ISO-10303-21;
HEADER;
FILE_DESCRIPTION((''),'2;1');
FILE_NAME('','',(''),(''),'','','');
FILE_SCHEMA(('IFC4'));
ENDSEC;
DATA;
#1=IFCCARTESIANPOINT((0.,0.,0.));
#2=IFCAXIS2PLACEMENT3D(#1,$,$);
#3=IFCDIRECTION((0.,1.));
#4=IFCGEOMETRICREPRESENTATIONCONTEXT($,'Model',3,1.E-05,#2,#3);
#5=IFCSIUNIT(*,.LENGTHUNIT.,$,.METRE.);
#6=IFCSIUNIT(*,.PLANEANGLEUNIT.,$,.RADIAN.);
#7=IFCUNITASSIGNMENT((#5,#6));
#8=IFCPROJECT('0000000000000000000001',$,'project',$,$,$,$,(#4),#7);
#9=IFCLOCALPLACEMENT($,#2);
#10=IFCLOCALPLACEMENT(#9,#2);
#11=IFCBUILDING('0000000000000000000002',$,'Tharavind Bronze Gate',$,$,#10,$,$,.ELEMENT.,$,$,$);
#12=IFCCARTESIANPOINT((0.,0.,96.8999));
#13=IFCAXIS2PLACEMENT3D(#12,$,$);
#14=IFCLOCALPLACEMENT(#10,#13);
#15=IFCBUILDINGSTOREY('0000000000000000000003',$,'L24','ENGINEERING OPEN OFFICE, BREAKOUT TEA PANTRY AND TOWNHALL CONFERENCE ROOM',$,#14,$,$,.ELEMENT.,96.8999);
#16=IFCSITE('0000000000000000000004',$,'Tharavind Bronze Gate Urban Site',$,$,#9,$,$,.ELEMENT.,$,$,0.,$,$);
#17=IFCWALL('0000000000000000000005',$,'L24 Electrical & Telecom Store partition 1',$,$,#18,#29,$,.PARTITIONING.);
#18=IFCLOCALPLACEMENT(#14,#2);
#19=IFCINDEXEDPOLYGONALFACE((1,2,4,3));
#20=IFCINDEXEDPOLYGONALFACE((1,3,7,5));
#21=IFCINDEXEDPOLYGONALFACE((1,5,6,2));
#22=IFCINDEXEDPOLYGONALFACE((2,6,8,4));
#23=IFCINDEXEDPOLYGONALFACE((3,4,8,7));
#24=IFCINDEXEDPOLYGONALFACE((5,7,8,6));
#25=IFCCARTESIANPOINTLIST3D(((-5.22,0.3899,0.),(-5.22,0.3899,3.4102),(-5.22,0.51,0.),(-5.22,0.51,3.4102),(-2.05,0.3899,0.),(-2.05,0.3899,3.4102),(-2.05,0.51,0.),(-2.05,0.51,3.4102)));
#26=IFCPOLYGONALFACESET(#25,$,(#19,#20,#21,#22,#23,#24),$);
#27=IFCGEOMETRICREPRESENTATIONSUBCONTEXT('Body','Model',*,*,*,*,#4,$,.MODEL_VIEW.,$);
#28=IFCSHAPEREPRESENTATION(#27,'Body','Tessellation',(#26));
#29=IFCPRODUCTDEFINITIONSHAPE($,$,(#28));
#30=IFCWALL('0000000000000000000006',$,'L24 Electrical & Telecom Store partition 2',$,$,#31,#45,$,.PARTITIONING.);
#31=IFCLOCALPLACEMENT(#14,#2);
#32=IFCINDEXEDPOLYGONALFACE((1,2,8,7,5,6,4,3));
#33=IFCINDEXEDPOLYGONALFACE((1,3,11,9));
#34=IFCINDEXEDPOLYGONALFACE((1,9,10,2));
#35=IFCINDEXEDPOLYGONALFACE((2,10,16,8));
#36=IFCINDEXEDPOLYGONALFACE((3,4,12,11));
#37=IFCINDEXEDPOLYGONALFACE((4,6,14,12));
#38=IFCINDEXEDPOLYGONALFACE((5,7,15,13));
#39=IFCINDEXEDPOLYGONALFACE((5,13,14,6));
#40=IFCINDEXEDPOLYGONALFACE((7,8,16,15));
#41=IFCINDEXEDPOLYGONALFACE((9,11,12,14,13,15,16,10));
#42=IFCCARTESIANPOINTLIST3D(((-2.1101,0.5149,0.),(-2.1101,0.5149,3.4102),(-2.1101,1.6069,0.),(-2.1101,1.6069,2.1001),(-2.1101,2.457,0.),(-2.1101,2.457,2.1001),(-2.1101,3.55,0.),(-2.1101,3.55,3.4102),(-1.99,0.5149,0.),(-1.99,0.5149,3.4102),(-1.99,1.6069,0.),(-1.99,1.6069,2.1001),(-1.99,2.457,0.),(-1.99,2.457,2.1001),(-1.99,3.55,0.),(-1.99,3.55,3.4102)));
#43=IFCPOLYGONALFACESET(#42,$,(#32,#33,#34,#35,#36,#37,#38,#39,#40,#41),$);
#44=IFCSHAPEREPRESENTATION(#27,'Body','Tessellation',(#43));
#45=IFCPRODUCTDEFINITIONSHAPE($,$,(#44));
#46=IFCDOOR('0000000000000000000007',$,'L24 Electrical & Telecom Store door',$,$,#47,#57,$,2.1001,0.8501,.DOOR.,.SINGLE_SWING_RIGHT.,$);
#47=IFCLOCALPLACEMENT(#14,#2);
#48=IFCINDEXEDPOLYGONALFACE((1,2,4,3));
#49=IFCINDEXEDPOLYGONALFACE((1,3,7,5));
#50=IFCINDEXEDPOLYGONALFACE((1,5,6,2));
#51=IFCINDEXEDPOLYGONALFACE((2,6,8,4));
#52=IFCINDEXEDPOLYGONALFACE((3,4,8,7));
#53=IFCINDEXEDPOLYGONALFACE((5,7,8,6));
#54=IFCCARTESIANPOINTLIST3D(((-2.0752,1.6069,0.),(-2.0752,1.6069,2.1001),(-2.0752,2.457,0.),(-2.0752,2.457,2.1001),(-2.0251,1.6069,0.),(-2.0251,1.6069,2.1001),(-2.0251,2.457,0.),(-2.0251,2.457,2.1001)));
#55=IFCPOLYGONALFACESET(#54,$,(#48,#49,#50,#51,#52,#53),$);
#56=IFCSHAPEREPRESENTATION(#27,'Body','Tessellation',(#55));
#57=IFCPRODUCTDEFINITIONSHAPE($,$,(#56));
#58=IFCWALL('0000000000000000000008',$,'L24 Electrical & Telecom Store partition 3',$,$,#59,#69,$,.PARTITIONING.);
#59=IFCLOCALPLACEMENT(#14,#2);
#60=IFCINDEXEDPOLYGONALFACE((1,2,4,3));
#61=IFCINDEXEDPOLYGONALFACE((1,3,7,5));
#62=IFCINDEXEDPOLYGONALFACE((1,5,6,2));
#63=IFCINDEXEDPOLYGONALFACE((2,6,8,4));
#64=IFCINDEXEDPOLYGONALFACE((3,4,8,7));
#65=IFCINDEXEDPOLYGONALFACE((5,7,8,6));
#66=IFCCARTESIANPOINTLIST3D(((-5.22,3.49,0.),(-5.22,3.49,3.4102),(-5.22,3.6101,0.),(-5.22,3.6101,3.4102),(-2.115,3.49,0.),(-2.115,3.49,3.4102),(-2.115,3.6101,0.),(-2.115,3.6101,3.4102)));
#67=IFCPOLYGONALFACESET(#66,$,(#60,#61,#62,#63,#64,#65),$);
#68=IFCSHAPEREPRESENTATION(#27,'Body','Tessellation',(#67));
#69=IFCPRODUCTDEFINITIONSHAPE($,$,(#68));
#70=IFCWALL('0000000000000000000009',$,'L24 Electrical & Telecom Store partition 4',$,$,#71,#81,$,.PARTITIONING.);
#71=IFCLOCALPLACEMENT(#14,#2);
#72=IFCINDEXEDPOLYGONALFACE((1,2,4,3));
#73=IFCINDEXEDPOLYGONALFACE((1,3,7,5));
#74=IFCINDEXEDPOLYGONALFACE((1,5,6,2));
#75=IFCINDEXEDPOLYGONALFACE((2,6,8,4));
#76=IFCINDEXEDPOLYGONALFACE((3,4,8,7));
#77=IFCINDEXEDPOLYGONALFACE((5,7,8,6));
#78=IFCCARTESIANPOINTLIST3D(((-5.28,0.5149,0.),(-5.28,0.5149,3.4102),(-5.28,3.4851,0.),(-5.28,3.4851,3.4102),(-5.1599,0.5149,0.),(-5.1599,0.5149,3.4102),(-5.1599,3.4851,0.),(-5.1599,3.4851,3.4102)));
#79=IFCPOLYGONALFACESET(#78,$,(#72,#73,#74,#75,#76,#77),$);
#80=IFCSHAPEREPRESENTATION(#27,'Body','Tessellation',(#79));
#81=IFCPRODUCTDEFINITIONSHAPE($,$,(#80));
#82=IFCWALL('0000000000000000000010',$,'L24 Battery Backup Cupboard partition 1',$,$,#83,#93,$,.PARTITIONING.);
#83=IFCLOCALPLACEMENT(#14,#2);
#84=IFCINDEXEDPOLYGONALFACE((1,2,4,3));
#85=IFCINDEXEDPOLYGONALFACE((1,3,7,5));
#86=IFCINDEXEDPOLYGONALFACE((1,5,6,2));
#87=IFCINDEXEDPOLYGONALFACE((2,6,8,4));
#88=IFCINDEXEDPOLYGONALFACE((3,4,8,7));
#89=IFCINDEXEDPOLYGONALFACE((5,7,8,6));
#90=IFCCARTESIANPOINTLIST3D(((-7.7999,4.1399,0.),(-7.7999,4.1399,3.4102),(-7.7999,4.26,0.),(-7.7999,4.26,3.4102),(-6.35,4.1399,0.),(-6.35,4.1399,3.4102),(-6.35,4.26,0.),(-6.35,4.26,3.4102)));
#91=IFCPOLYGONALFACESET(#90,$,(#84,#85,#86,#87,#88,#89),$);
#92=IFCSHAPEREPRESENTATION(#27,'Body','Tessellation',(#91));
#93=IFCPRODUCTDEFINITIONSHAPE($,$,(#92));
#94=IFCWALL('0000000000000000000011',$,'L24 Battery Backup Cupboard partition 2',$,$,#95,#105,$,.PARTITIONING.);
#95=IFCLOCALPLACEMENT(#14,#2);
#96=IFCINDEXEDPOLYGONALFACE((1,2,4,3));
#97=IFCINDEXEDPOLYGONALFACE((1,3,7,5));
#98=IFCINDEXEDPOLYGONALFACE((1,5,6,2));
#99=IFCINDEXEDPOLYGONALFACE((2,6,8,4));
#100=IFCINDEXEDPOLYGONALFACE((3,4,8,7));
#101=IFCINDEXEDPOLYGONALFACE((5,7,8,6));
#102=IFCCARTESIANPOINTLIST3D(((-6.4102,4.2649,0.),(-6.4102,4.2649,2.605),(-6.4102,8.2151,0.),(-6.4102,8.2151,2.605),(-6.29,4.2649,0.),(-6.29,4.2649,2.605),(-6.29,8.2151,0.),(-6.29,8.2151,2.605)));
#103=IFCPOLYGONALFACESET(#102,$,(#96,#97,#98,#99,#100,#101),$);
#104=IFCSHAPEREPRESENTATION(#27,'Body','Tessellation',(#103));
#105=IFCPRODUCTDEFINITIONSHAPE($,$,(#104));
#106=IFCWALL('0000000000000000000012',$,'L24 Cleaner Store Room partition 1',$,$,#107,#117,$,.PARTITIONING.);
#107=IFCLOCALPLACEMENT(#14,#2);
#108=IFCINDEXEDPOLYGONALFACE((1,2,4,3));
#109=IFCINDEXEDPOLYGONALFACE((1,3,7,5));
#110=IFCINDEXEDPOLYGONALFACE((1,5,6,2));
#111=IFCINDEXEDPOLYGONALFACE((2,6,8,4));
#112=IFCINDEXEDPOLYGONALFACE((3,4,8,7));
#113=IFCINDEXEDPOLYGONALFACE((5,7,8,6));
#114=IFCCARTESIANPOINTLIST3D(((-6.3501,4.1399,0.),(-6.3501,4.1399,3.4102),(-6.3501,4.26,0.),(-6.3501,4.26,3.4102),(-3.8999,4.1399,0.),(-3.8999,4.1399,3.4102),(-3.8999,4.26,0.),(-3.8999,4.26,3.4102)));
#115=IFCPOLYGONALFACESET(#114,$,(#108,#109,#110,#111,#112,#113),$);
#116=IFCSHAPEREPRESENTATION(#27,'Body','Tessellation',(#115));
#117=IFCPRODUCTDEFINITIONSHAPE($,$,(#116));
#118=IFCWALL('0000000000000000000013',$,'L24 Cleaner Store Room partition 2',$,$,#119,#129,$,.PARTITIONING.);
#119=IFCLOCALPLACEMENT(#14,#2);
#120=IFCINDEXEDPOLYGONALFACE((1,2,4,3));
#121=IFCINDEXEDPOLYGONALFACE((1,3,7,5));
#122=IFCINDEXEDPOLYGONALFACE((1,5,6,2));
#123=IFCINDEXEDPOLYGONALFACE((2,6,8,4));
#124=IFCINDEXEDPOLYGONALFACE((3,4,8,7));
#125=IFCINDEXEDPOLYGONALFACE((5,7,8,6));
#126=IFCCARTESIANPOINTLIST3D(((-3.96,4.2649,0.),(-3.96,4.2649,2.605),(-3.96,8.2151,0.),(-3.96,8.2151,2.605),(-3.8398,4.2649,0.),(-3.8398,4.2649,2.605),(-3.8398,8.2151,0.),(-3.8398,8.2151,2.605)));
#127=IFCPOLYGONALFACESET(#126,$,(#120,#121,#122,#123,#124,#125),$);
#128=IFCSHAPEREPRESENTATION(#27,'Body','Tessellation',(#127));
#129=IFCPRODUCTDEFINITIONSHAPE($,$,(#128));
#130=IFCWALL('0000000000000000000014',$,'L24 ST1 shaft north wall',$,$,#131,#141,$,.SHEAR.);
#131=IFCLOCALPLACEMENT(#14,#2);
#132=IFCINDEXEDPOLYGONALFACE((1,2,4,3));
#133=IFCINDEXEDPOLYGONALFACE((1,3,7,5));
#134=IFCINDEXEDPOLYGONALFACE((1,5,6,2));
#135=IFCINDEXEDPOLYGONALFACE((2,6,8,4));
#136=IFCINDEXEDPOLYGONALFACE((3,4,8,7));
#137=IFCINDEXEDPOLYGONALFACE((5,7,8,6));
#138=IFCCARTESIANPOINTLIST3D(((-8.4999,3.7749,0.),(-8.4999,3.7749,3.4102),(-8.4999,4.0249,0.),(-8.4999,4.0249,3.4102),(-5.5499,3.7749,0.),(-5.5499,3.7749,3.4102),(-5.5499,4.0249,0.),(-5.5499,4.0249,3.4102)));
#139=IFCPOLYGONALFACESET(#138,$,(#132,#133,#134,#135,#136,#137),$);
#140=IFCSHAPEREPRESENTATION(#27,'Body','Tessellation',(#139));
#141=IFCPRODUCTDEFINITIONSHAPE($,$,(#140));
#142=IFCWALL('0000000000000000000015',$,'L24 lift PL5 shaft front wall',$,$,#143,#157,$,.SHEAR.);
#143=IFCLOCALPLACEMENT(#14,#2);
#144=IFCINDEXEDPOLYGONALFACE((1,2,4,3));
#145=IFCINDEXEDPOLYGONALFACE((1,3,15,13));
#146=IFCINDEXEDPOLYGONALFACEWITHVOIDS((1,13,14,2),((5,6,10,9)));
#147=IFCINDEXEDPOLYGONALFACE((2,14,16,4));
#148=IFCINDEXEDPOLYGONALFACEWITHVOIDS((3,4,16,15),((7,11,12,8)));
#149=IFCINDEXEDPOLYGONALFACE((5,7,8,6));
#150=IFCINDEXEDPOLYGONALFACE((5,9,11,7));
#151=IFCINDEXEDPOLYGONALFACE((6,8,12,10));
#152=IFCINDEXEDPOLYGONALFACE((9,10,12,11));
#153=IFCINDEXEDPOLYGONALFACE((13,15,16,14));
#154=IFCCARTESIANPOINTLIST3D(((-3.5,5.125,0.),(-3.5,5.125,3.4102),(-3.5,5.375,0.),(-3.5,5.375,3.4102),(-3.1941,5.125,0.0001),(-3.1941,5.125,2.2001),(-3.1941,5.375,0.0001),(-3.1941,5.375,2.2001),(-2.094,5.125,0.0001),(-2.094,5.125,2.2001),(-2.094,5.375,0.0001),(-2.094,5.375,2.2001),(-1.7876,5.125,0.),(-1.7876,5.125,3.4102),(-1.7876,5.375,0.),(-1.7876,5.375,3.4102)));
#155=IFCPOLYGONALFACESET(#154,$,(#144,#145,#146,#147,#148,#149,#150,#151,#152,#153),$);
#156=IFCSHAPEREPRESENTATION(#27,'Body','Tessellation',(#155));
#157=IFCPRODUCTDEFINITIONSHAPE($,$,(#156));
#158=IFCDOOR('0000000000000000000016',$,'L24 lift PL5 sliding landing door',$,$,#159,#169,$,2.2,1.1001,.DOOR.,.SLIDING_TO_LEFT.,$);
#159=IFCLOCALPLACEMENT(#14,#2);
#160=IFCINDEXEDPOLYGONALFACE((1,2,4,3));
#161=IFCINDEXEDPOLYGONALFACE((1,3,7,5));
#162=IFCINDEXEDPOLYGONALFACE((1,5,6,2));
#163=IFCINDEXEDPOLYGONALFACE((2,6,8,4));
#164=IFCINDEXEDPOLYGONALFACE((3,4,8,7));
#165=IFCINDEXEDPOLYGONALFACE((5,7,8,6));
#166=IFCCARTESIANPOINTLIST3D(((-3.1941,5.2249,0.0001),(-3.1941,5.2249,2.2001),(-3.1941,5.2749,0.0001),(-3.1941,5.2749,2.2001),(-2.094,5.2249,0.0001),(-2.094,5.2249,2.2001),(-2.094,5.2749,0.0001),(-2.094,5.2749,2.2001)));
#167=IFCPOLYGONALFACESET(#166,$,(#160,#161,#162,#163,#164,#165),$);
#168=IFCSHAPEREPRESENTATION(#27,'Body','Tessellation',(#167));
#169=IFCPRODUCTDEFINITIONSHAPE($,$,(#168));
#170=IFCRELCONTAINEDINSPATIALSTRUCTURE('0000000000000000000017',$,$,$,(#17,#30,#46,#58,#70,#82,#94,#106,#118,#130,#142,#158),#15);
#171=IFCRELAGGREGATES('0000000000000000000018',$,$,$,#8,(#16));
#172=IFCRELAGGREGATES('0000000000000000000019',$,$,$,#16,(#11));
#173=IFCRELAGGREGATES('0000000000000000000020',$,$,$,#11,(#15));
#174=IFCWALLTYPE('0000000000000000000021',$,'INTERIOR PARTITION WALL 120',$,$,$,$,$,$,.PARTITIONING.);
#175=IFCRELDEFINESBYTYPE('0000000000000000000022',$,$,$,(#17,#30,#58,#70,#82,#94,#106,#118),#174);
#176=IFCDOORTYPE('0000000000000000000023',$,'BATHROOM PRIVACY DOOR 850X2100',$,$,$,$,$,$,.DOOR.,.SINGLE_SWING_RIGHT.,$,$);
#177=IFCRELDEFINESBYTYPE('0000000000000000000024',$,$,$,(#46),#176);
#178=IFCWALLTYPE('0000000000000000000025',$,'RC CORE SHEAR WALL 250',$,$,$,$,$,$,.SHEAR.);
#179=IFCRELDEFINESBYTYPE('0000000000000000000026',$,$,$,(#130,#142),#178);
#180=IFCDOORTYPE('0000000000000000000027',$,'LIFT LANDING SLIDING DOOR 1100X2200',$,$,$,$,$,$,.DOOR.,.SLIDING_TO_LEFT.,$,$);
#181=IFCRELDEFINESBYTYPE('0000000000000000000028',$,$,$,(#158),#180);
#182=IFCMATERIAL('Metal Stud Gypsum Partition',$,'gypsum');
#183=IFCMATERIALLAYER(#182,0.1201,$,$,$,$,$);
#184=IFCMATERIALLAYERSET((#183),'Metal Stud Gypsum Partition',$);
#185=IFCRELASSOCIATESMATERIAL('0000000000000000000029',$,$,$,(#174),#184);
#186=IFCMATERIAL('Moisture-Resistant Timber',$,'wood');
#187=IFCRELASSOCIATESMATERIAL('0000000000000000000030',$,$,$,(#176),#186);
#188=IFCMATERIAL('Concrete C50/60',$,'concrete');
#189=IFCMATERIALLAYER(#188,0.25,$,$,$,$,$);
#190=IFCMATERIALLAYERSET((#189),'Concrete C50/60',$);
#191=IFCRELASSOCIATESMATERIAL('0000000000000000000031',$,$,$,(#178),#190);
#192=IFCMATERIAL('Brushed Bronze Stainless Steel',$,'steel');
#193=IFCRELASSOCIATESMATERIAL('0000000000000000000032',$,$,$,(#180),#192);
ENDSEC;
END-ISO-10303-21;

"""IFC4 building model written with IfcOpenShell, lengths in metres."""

from ifc_helpers import new_model, si_unit, direction, frame, frame_2d, origin, place, context, subcontext, project, spatial, rectangle, extrude, material, layer, layer_set, type_object, element, fill, save


model = new_model("IFC4")

# Units and contexts
model_context = context("Model", 3, precision=1e-05, world=origin(), true_north=direction((0.0, 1.0)))
body_context = subcontext(model_context, "Body", "Model", "MODEL_VIEW")
ifc_project = project(units=[si_unit("LENGTHUNIT", "METRE"), si_unit("PLANEANGLEUNIT", "RADIAN")], contexts=[model_context])

# Site, building, storey
site_placement = place(None, origin())
site = spatial("IfcSite", under=ifc_project, at=site_placement, Name="Tharavind Bronze Gate Urban Site", CompositionType="ELEMENT", RefElevation=0.0)
building_placement = place(site_placement, origin())
building = spatial("IfcBuilding", under=site, at=building_placement, Name="Tharavind Bronze Gate", CompositionType="ELEMENT")
storey_placement = place(building_placement, frame((0.0, 0.0, 96.8999)))
storey = spatial("IfcBuildingStorey", under=building, at=storey_placement, Name="L24", Description="ENGINEERING OPEN OFFICE, BREAKOUT TEA PANTRY AND TOWNHALL CONFERENCE ROOM", CompositionType="ELEMENT", Elevation=96.8999)

# Wall
ifc_material_1 = material(Name="Metal Stud Gypsum Partition", Category="gypsum")
ifc_layer_1 = layer(ifc_material_1, 0.1201)
ifc_layer_set_1 = layer_set([ifc_layer_1], Name="Metal Stud Gypsum Partition")
wall_type_1 = type_object("IfcWallType", Name="INTERIOR PARTITION WALL 120", PredefinedType="PARTITIONING", material=ifc_layer_set_1)
wall_1_placement = place(storey_placement, frame((-5.22, 0.45, 0.0), z_axis=(0.0, 0.0, 1.0), x_axis=(1.0, 0.0, 0.0)))
element("IfcWall", 1, at=wall_1_placement, inside=storey, type_object=wall_type_1, Name="L24 Electrical & Telecom Store partition 1", PredefinedType="PARTITIONING", context=body_context, shape_type="SweptSolid", body=[
    extrude(rectangle(XDim=3.1699, YDim=0.1201, at=frame_2d((1.585, 0.0))), origin(), (0.0, 0.0, 1.0), 3.4102),
])

# Wall, opening, door
wall_2_placement = place(storey_placement, frame((-2.05, 0.5149, 0.0), z_axis=(0.0, 0.0, 1.0), x_axis=(0.0, 1.0, 0.0)))
wall_2 = element("IfcWall", 2, at=wall_2_placement, inside=storey, type_object=wall_type_1, Name="L24 Electrical & Telecom Store partition 2", PredefinedType="PARTITIONING", context=body_context, shape_type="SweptSolid", body=[
    extrude(rectangle(XDim=3.0352, YDim=0.1201, at=frame_2d((1.5176, 0.0))), origin(), (0.0, 0.0, 1.0), 3.4102),
])
opening_1_placement = place(wall_2_placement, frame((1.092, 0.0, 0.0)))
opening_1 = element("IfcOpeningElement", 3, at=opening_1_placement, cuts=wall_2, PredefinedType="OPENING", context=body_context, shape_type="SweptSolid", body=[
    extrude(rectangle(XDim=0.8501, YDim=2.1001, at=frame_2d((0.425, 1.05))), frame((0.0, 0.0701, 0.0), z_axis=(0.0, -1.0, 0.0), x_axis=(1.0, 0.0, 0.0)), (0.0, 0.0, 1.0), 0.1401),
])
ifc_material_2 = material(Name="Moisture-Resistant Timber", Category="wood")
door_type_1 = type_object("IfcDoorType", Name="BATHROOM PRIVACY DOOR 850X2100", OperationType="SINGLE_SWING_RIGHT", PredefinedType="DOOR", material=ifc_material_2)
door_1_placement = place(opening_1_placement, frame((0.8501, 0.0, 0.0), z_axis=(0.0, 0.0, 1.0), x_axis=(-1.0, 0.0, 0.0)))
door_1 = element("IfcDoor", 4, at=door_1_placement, inside=storey, type_object=door_type_1, Name="L24 Electrical & Telecom Store door", OperationType="SINGLE_SWING_RIGHT", OverallHeight=2.1001, OverallWidth=0.8501, PredefinedType="DOOR", context=body_context, shape_type="SweptSolid", body=[
    extrude(rectangle(XDim=0.8501, YDim=2.1001, at=frame_2d((0.425, 1.05))), frame((0.0, 0.0249, 0.0), z_axis=(0.0, -1.0, 0.0), x_axis=(1.0, 0.0, 0.0)), (0.0, 0.0, 1.0), 0.05),
])
fill(opening_1, door_1)

# Walls
wall_3_placement = place(storey_placement, frame((-2.115, 3.55, 0.0), z_axis=(0.0, 0.0, 1.0), x_axis=(-1.0, 0.0, 0.0)))
element("IfcWall", 5, at=wall_3_placement, inside=storey, type_object=wall_type_1, Name="L24 Electrical & Telecom Store partition 3", PredefinedType="PARTITIONING", context=body_context, shape_type="SweptSolid", body=[
    extrude(rectangle(XDim=3.105, YDim=0.1201, at=frame_2d((1.5525, 0.0))), origin(), (0.0, 0.0, 1.0), 3.4102),
])
wall_4_placement = place(storey_placement, frame((-5.22, 3.4851, 0.0), z_axis=(0.0, 0.0, 1.0), x_axis=(0.0, -1.0, 0.0)))
element("IfcWall", 6, at=wall_4_placement, inside=storey, type_object=wall_type_1, Name="L24 Electrical & Telecom Store partition 4", PredefinedType="PARTITIONING", context=body_context, shape_type="SweptSolid", body=[
    extrude(rectangle(XDim=2.9702, YDim=0.1201, at=frame_2d((1.4851, 0.0))), origin(), (0.0, 0.0, 1.0), 3.4102),
])
wall_5_placement = place(storey_placement, frame((-7.8, 4.2, 0.0), z_axis=(0.0, 0.0, 1.0), x_axis=(1.0, 0.0, 0.0)))
element("IfcWall", 7, at=wall_5_placement, inside=storey, type_object=wall_type_1, Name="L24 Battery Backup Cupboard partition 1", PredefinedType="PARTITIONING", context=body_context, shape_type="SweptSolid", body=[
    extrude(rectangle(XDim=1.45, YDim=0.1201, at=frame_2d((0.7251, 0.0))), origin(), (0.0, 0.0, 1.0), 3.4102),
])
wall_6_placement = place(storey_placement, frame((-6.3501, 4.2649, 0.0), z_axis=(0.0, 0.0, 1.0), x_axis=(0.0, 1.0, 0.0)))
element("IfcWall", 8, at=wall_6_placement, inside=storey, type_object=wall_type_1, Name="L24 Battery Backup Cupboard partition 2", PredefinedType="PARTITIONING", context=body_context, shape_type="SweptSolid", body=[
    extrude(rectangle(XDim=3.9502, YDim=0.1201, at=frame_2d((1.9751, 0.0))), origin(), (0.0, 0.0, 1.0), 2.605),
])
wall_7_placement = place(storey_placement, frame((-6.3501, 4.2, 0.0), z_axis=(0.0, 0.0, 1.0), x_axis=(1.0, 0.0, 0.0)))
element("IfcWall", 9, at=wall_7_placement, inside=storey, type_object=wall_type_1, Name="L24 Cleaner Store Room partition 1", PredefinedType="PARTITIONING", context=body_context, shape_type="SweptSolid", body=[
    extrude(rectangle(XDim=2.4502, YDim=0.1201, at=frame_2d((1.2251, 0.0))), origin(), (0.0, 0.0, 1.0), 3.4102),
])
wall_8_placement = place(storey_placement, frame((-3.8999, 4.2649, 0.0), z_axis=(0.0, 0.0, 1.0), x_axis=(0.0, 1.0, 0.0)))
element("IfcWall", 10, at=wall_8_placement, inside=storey, type_object=wall_type_1, Name="L24 Cleaner Store Room partition 2", PredefinedType="PARTITIONING", context=body_context, shape_type="SweptSolid", body=[
    extrude(rectangle(XDim=3.9502, YDim=0.1201, at=frame_2d((1.9751, 0.0))), origin(), (0.0, 0.0, 1.0), 2.605),
])
ifc_material_3 = material(Name="Concrete C50/60", Category="concrete")
ifc_layer_2 = layer(ifc_material_3, 0.25)
ifc_layer_set_2 = layer_set([ifc_layer_2], Name="Concrete C50/60")
wall_type_2 = type_object("IfcWallType", Name="RC CORE SHEAR WALL 250", PredefinedType="SHEAR", material=ifc_layer_set_2)
wall_9_placement = place(storey_placement, frame((-8.5, 3.8999, 0.0), z_axis=(0.0, 0.0, 1.0), x_axis=(1.0, 0.0, 0.0)))
element("IfcWall", 11, at=wall_9_placement, inside=storey, type_object=wall_type_2, Name="L24 ST1 shaft north wall", PredefinedType="SHEAR", context=body_context, shape_type="SweptSolid", body=[
    extrude(rectangle(XDim=2.95, YDim=0.25, at=frame_2d((1.4751, 0.0))), origin(), (0.0, 0.0, 1.0), 3.4102),
])

# Wall, opening, door
wall_10_placement = place(storey_placement, frame((-3.5, 5.25, 0.0), z_axis=(0.0, 0.0, 1.0), x_axis=(1.0, 0.0, 0.0)))
wall_10 = element("IfcWall", 12, at=wall_10_placement, inside=storey, type_object=wall_type_2, Name="L24 lift PL5 shaft front wall", PredefinedType="SHEAR", context=body_context, shape_type="SweptSolid", body=[
    extrude(rectangle(XDim=1.7124, YDim=0.25, at=frame_2d((0.8562, 0.0))), origin(), (0.0, 0.0, 1.0), 3.4102),
])
opening_2_placement = place(wall_10_placement, frame((0.3059, 0.0, 0.0)))
opening_2 = element("IfcOpeningElement", 13, at=opening_2_placement, cuts=wall_10, PredefinedType="OPENING", context=body_context, shape_type="SweptSolid", body=[
    extrude(rectangle(XDim=1.1001, YDim=2.2, at=frame_2d((0.55, 1.1001))), frame((0.0, 0.135, 0.0), z_axis=(0.0, -1.0, 0.0), x_axis=(1.0, 0.0, 0.0)), (0.0, 0.0, 1.0), 0.27),
])
ifc_material_4 = material(Name="Brushed Bronze Stainless Steel", Category="steel")
door_type_2 = type_object("IfcDoorType", Name="LIFT LANDING SLIDING DOOR 1100X2200", OperationType="SLIDING_TO_LEFT", PredefinedType="DOOR", material=ifc_material_4)
door_2_placement = place(opening_2_placement, origin())
door_2 = element("IfcDoor", 14, at=door_2_placement, inside=storey, type_object=door_type_2, Name="L24 lift PL5 sliding landing door", OperationType="SLIDING_TO_LEFT", OverallHeight=2.2, OverallWidth=1.1001, PredefinedType="DOOR", context=body_context, shape_type="SweptSolid", body=[
    extrude(rectangle(XDim=1.1001, YDim=2.2, at=frame_2d((0.55, 1.1001))), frame((0.0, 0.0249, 0.0), z_axis=(0.0, -1.0, 0.0), x_axis=(1.0, 0.0, 0.0)), (0.0, 0.0, 1.0), 0.05),
])
fill(opening_2, door_2)

save(model, "model.ifc")
